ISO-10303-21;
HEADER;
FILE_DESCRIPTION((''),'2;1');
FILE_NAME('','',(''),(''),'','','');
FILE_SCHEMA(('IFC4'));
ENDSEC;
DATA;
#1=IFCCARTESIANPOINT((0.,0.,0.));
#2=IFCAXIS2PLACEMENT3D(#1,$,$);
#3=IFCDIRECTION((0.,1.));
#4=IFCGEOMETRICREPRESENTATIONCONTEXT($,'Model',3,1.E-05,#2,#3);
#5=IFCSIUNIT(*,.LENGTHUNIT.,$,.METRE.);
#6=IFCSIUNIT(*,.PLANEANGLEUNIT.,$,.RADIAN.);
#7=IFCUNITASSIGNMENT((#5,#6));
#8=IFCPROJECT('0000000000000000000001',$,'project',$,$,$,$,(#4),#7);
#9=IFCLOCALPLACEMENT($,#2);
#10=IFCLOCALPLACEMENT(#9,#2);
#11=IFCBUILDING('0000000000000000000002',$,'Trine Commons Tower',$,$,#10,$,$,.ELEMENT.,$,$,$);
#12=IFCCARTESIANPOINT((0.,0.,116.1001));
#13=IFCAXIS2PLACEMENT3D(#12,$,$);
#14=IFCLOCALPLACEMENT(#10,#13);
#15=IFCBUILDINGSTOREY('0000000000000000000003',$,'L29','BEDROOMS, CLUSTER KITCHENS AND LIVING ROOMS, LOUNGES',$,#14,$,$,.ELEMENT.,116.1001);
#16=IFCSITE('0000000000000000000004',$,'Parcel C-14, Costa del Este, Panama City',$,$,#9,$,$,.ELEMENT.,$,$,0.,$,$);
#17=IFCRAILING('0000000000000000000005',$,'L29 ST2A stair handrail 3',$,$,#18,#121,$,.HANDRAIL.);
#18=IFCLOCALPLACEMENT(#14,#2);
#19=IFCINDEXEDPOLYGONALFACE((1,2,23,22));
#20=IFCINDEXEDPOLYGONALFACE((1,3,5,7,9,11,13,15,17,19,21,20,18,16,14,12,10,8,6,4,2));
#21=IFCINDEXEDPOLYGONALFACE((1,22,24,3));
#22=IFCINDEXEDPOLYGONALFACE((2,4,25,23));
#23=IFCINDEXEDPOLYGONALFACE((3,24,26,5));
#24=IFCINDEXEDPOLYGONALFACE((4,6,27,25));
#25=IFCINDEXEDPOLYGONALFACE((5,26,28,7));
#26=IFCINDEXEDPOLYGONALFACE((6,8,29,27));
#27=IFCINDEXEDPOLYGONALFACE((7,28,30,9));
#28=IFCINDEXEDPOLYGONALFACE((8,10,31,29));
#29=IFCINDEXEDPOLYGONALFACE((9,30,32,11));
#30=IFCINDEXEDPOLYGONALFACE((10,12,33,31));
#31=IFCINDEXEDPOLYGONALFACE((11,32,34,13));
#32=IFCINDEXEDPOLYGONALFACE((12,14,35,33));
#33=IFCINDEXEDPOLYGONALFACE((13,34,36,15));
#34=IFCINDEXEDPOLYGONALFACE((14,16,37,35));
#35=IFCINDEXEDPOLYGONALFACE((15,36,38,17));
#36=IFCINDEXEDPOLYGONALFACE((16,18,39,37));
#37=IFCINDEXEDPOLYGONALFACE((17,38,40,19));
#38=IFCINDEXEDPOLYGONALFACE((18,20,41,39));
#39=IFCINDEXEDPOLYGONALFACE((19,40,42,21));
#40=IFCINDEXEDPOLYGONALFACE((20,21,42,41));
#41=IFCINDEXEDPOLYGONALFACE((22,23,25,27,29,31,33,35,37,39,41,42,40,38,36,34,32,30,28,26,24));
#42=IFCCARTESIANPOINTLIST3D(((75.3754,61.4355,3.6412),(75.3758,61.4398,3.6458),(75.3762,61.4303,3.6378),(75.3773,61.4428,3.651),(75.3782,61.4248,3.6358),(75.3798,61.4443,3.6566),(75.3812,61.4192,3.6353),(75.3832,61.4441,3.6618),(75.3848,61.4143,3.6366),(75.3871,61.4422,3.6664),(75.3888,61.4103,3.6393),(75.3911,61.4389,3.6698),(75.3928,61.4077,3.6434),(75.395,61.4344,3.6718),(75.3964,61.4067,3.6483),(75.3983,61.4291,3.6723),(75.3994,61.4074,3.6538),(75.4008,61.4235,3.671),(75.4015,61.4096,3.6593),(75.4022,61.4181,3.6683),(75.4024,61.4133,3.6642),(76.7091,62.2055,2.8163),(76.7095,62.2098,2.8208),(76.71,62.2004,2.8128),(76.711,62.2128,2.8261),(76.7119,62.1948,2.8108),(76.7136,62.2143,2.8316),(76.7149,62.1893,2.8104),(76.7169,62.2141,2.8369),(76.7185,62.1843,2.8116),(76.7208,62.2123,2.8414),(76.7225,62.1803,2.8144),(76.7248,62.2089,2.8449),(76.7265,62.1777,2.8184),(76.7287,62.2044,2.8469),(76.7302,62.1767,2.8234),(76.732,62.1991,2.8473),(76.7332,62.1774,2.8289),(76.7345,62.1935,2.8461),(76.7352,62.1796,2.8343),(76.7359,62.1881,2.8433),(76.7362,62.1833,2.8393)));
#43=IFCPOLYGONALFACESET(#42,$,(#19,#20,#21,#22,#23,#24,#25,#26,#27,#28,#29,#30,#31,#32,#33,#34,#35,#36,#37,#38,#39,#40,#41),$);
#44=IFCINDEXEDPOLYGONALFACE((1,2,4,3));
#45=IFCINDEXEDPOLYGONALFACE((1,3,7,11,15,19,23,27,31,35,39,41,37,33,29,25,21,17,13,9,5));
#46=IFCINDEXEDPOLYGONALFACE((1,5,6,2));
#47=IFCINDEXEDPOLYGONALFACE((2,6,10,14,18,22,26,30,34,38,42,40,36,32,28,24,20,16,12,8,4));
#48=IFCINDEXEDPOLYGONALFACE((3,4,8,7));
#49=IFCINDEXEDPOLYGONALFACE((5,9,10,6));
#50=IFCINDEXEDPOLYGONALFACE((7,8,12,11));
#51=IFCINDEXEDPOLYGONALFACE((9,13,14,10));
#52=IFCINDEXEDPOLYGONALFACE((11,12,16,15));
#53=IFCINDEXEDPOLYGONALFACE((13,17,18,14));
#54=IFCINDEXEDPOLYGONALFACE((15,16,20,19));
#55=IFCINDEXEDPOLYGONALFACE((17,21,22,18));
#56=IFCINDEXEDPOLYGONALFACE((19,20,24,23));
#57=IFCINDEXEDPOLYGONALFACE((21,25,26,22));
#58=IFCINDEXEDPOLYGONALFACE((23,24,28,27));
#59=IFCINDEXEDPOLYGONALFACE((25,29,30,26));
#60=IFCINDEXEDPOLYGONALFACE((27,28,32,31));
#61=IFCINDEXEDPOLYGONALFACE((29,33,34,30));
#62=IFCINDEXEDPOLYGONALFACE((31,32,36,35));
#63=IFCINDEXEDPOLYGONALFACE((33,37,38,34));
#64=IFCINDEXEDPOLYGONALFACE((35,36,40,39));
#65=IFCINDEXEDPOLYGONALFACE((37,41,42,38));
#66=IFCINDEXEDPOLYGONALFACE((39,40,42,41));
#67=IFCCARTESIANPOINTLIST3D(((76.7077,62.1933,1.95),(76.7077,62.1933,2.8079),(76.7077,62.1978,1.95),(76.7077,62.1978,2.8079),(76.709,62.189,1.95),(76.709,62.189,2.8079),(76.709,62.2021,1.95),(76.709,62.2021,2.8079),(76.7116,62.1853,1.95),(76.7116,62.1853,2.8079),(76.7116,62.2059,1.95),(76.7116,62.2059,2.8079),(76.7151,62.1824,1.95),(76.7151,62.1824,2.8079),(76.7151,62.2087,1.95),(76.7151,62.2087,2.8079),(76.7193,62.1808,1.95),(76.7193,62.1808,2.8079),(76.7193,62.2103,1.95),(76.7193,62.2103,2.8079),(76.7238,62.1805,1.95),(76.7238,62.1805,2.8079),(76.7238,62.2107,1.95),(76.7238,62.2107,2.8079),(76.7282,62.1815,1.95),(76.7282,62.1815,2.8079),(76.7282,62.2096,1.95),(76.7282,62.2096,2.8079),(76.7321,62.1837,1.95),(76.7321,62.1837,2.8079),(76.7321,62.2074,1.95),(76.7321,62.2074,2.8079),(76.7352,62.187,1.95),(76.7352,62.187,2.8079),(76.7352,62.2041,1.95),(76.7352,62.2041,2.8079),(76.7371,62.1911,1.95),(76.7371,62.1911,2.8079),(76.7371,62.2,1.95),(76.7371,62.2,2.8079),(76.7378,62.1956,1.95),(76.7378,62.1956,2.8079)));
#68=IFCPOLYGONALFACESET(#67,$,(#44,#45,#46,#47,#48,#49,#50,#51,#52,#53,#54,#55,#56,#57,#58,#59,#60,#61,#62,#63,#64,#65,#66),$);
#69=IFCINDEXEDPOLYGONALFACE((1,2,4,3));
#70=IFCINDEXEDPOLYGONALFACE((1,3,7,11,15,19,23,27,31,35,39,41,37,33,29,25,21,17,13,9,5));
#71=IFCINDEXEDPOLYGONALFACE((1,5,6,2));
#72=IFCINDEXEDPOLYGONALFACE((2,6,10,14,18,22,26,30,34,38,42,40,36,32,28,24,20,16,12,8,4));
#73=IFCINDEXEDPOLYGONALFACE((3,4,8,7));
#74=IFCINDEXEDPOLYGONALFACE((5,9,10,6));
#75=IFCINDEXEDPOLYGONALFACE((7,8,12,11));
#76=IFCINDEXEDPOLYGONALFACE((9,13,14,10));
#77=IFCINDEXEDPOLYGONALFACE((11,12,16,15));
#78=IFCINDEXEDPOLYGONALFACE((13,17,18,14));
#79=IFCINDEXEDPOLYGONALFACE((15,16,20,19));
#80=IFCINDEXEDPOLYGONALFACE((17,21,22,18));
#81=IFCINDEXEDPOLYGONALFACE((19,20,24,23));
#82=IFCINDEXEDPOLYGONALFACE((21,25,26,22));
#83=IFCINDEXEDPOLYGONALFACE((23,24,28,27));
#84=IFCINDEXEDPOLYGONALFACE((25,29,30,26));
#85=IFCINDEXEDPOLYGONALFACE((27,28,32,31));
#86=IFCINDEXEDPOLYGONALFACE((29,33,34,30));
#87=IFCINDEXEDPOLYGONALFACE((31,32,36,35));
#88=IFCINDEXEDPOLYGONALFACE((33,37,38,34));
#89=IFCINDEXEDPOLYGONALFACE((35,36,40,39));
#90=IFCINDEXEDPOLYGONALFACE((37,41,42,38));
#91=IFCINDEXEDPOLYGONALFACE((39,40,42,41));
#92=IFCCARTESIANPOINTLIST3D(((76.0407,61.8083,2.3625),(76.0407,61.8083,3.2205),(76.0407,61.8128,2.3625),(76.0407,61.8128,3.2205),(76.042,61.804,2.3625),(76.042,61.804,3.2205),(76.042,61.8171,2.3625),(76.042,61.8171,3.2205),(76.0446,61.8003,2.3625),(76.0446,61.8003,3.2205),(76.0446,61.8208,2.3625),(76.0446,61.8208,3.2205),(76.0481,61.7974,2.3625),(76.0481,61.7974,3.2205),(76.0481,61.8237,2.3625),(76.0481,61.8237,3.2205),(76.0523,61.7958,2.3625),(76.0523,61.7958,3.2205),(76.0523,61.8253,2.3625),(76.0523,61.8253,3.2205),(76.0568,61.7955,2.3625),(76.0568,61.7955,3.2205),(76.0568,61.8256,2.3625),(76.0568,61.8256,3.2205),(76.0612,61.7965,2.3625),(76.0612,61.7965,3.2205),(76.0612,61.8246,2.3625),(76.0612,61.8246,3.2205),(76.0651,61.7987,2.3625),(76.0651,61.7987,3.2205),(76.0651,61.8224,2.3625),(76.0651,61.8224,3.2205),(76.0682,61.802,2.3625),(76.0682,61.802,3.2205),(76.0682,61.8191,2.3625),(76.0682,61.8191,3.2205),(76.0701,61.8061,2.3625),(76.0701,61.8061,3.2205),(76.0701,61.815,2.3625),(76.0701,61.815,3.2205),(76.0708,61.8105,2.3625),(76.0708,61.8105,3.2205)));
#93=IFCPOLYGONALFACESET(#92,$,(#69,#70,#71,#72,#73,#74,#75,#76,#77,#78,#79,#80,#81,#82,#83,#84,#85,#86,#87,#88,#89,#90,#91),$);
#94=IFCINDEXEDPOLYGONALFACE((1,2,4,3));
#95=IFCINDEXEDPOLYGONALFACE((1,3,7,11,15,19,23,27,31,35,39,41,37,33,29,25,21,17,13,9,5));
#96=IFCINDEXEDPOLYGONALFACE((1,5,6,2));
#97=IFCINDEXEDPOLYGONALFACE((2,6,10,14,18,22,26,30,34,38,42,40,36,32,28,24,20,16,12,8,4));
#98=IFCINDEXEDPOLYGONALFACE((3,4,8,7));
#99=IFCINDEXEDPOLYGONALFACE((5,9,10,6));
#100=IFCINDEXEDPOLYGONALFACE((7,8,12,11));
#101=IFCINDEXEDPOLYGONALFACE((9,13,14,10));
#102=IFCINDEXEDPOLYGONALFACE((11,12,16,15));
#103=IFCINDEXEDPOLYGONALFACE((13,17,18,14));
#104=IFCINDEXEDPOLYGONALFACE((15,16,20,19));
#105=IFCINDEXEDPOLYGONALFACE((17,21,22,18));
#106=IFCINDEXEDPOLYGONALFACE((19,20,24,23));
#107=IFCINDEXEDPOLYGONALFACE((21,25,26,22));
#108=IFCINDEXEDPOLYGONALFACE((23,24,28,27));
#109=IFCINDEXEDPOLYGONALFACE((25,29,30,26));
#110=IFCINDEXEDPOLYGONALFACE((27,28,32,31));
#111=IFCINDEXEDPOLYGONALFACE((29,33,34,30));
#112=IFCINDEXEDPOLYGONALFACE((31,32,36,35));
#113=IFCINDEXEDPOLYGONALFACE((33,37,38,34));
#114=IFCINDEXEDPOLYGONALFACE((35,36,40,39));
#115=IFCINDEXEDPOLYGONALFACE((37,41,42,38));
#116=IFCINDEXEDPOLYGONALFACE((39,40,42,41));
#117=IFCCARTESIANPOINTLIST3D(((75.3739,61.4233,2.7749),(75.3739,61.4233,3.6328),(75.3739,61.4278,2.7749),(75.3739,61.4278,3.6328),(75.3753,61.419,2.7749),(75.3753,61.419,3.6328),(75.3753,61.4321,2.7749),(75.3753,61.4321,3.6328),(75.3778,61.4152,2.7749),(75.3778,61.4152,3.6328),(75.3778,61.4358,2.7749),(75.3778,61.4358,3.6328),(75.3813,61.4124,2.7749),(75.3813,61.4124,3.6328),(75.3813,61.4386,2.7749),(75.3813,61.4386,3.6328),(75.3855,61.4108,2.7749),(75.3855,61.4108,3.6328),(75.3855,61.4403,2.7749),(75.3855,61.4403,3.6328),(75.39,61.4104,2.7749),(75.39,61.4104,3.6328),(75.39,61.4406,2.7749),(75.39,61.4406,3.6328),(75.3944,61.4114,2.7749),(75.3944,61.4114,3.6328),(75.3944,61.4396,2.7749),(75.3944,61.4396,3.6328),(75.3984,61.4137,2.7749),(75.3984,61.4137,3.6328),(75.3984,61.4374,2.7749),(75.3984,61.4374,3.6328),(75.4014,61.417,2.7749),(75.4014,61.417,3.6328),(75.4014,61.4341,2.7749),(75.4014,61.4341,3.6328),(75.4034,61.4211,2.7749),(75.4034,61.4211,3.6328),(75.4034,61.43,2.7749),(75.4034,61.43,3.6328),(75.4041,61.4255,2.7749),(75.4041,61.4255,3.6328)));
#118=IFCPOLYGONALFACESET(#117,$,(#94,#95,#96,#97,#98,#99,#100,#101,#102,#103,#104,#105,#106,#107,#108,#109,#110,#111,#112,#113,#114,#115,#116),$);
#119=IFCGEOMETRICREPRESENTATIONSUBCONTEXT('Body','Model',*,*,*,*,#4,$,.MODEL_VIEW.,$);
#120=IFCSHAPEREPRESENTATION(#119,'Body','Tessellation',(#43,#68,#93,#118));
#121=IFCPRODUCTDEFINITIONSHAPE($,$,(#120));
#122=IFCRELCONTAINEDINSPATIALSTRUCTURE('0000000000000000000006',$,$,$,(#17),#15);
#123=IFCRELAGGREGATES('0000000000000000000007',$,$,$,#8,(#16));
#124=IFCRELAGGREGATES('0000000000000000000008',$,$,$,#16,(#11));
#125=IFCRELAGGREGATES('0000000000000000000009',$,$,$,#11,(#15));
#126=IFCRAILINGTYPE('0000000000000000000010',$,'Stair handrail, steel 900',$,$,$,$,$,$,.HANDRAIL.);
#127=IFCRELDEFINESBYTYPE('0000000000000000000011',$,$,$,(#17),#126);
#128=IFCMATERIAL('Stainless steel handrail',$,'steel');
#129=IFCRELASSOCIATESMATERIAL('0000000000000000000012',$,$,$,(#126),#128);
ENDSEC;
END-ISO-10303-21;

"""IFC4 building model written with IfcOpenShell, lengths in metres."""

from ifc_helpers import new_model, si_unit, direction, frame, origin, origin_2d, place, context, subcontext, project, spatial, circle, extrude, material, type_object, element, save


model = new_model("IFC4")

# Units and contexts
model_context = context("Model", 3, precision=1e-05, world=origin(), true_north=direction((0.0, 1.0)))
body_context = subcontext(model_context, "Body", "Model", "MODEL_VIEW")
ifc_project = project(units=[si_unit("LENGTHUNIT", "METRE"), si_unit("PLANEANGLEUNIT", "RADIAN")], contexts=[model_context])

# Site, building, storey
site_placement = place(None, origin())
site = spatial("IfcSite", under=ifc_project, at=site_placement, Name="Parcel C-14, Costa del Este, Panama City", CompositionType="ELEMENT", RefElevation=0.0)
building_placement = place(site_placement, origin())
building = spatial("IfcBuilding", under=site, at=building_placement, Name="Trine Commons Tower", CompositionType="ELEMENT")
storey_placement = place(building_placement, frame((0.0, 0.0, 116.1001)))
storey = spatial("IfcBuildingStorey", under=building, at=storey_placement, Name="L29", Description="BEDROOMS, CLUSTER KITCHENS AND LIVING ROOMS, LOUNGES", CompositionType="ELEMENT", Elevation=116.1001)

# Railing
ifc_material_1 = material(Name="Stainless steel handrail", Category="steel")
railing_type_1 = type_object("IfcRailingType", Name="Stair handrail, steel 900", PredefinedType="HANDRAIL", material=ifc_material_1)
railing_1_placement = place(storey_placement, frame((76.7227, 62.1956, 1.95)))
element("IfcRailing", 1, at=railing_1_placement, inside=storey, type_object=railing_type_1, Name="L29 ST2A stair handrail 3", PredefinedType="HANDRAIL", context=body_context, shape_type="SweptSolid", body=[
    extrude(circle(Radius=0.021, at=origin_2d()), frame((0.0, 0.0, 0.8789), z_axis=(-0.763405, -0.440743, 0.472185), x_axis=(0.499992, -0.86603, 0.0)), (0.0, 0.0, 1.0), 1.7471),
    extrude(circle(Radius=0.0151, at=origin_2d()), origin(), (0.0, 0.0, 1.0), 0.8579),
    extrude(circle(Radius=0.0151, at=origin_2d()), frame((-0.667, -0.385, 0.4126)), (0.0, 0.0, 1.0), 0.8579),
    extrude(circle(Radius=0.0151, at=origin_2d()), frame((-1.3337, -0.77, 0.825)), (0.0, 0.0, 1.0), 0.8579),
])

save(model, "model.ifc")
